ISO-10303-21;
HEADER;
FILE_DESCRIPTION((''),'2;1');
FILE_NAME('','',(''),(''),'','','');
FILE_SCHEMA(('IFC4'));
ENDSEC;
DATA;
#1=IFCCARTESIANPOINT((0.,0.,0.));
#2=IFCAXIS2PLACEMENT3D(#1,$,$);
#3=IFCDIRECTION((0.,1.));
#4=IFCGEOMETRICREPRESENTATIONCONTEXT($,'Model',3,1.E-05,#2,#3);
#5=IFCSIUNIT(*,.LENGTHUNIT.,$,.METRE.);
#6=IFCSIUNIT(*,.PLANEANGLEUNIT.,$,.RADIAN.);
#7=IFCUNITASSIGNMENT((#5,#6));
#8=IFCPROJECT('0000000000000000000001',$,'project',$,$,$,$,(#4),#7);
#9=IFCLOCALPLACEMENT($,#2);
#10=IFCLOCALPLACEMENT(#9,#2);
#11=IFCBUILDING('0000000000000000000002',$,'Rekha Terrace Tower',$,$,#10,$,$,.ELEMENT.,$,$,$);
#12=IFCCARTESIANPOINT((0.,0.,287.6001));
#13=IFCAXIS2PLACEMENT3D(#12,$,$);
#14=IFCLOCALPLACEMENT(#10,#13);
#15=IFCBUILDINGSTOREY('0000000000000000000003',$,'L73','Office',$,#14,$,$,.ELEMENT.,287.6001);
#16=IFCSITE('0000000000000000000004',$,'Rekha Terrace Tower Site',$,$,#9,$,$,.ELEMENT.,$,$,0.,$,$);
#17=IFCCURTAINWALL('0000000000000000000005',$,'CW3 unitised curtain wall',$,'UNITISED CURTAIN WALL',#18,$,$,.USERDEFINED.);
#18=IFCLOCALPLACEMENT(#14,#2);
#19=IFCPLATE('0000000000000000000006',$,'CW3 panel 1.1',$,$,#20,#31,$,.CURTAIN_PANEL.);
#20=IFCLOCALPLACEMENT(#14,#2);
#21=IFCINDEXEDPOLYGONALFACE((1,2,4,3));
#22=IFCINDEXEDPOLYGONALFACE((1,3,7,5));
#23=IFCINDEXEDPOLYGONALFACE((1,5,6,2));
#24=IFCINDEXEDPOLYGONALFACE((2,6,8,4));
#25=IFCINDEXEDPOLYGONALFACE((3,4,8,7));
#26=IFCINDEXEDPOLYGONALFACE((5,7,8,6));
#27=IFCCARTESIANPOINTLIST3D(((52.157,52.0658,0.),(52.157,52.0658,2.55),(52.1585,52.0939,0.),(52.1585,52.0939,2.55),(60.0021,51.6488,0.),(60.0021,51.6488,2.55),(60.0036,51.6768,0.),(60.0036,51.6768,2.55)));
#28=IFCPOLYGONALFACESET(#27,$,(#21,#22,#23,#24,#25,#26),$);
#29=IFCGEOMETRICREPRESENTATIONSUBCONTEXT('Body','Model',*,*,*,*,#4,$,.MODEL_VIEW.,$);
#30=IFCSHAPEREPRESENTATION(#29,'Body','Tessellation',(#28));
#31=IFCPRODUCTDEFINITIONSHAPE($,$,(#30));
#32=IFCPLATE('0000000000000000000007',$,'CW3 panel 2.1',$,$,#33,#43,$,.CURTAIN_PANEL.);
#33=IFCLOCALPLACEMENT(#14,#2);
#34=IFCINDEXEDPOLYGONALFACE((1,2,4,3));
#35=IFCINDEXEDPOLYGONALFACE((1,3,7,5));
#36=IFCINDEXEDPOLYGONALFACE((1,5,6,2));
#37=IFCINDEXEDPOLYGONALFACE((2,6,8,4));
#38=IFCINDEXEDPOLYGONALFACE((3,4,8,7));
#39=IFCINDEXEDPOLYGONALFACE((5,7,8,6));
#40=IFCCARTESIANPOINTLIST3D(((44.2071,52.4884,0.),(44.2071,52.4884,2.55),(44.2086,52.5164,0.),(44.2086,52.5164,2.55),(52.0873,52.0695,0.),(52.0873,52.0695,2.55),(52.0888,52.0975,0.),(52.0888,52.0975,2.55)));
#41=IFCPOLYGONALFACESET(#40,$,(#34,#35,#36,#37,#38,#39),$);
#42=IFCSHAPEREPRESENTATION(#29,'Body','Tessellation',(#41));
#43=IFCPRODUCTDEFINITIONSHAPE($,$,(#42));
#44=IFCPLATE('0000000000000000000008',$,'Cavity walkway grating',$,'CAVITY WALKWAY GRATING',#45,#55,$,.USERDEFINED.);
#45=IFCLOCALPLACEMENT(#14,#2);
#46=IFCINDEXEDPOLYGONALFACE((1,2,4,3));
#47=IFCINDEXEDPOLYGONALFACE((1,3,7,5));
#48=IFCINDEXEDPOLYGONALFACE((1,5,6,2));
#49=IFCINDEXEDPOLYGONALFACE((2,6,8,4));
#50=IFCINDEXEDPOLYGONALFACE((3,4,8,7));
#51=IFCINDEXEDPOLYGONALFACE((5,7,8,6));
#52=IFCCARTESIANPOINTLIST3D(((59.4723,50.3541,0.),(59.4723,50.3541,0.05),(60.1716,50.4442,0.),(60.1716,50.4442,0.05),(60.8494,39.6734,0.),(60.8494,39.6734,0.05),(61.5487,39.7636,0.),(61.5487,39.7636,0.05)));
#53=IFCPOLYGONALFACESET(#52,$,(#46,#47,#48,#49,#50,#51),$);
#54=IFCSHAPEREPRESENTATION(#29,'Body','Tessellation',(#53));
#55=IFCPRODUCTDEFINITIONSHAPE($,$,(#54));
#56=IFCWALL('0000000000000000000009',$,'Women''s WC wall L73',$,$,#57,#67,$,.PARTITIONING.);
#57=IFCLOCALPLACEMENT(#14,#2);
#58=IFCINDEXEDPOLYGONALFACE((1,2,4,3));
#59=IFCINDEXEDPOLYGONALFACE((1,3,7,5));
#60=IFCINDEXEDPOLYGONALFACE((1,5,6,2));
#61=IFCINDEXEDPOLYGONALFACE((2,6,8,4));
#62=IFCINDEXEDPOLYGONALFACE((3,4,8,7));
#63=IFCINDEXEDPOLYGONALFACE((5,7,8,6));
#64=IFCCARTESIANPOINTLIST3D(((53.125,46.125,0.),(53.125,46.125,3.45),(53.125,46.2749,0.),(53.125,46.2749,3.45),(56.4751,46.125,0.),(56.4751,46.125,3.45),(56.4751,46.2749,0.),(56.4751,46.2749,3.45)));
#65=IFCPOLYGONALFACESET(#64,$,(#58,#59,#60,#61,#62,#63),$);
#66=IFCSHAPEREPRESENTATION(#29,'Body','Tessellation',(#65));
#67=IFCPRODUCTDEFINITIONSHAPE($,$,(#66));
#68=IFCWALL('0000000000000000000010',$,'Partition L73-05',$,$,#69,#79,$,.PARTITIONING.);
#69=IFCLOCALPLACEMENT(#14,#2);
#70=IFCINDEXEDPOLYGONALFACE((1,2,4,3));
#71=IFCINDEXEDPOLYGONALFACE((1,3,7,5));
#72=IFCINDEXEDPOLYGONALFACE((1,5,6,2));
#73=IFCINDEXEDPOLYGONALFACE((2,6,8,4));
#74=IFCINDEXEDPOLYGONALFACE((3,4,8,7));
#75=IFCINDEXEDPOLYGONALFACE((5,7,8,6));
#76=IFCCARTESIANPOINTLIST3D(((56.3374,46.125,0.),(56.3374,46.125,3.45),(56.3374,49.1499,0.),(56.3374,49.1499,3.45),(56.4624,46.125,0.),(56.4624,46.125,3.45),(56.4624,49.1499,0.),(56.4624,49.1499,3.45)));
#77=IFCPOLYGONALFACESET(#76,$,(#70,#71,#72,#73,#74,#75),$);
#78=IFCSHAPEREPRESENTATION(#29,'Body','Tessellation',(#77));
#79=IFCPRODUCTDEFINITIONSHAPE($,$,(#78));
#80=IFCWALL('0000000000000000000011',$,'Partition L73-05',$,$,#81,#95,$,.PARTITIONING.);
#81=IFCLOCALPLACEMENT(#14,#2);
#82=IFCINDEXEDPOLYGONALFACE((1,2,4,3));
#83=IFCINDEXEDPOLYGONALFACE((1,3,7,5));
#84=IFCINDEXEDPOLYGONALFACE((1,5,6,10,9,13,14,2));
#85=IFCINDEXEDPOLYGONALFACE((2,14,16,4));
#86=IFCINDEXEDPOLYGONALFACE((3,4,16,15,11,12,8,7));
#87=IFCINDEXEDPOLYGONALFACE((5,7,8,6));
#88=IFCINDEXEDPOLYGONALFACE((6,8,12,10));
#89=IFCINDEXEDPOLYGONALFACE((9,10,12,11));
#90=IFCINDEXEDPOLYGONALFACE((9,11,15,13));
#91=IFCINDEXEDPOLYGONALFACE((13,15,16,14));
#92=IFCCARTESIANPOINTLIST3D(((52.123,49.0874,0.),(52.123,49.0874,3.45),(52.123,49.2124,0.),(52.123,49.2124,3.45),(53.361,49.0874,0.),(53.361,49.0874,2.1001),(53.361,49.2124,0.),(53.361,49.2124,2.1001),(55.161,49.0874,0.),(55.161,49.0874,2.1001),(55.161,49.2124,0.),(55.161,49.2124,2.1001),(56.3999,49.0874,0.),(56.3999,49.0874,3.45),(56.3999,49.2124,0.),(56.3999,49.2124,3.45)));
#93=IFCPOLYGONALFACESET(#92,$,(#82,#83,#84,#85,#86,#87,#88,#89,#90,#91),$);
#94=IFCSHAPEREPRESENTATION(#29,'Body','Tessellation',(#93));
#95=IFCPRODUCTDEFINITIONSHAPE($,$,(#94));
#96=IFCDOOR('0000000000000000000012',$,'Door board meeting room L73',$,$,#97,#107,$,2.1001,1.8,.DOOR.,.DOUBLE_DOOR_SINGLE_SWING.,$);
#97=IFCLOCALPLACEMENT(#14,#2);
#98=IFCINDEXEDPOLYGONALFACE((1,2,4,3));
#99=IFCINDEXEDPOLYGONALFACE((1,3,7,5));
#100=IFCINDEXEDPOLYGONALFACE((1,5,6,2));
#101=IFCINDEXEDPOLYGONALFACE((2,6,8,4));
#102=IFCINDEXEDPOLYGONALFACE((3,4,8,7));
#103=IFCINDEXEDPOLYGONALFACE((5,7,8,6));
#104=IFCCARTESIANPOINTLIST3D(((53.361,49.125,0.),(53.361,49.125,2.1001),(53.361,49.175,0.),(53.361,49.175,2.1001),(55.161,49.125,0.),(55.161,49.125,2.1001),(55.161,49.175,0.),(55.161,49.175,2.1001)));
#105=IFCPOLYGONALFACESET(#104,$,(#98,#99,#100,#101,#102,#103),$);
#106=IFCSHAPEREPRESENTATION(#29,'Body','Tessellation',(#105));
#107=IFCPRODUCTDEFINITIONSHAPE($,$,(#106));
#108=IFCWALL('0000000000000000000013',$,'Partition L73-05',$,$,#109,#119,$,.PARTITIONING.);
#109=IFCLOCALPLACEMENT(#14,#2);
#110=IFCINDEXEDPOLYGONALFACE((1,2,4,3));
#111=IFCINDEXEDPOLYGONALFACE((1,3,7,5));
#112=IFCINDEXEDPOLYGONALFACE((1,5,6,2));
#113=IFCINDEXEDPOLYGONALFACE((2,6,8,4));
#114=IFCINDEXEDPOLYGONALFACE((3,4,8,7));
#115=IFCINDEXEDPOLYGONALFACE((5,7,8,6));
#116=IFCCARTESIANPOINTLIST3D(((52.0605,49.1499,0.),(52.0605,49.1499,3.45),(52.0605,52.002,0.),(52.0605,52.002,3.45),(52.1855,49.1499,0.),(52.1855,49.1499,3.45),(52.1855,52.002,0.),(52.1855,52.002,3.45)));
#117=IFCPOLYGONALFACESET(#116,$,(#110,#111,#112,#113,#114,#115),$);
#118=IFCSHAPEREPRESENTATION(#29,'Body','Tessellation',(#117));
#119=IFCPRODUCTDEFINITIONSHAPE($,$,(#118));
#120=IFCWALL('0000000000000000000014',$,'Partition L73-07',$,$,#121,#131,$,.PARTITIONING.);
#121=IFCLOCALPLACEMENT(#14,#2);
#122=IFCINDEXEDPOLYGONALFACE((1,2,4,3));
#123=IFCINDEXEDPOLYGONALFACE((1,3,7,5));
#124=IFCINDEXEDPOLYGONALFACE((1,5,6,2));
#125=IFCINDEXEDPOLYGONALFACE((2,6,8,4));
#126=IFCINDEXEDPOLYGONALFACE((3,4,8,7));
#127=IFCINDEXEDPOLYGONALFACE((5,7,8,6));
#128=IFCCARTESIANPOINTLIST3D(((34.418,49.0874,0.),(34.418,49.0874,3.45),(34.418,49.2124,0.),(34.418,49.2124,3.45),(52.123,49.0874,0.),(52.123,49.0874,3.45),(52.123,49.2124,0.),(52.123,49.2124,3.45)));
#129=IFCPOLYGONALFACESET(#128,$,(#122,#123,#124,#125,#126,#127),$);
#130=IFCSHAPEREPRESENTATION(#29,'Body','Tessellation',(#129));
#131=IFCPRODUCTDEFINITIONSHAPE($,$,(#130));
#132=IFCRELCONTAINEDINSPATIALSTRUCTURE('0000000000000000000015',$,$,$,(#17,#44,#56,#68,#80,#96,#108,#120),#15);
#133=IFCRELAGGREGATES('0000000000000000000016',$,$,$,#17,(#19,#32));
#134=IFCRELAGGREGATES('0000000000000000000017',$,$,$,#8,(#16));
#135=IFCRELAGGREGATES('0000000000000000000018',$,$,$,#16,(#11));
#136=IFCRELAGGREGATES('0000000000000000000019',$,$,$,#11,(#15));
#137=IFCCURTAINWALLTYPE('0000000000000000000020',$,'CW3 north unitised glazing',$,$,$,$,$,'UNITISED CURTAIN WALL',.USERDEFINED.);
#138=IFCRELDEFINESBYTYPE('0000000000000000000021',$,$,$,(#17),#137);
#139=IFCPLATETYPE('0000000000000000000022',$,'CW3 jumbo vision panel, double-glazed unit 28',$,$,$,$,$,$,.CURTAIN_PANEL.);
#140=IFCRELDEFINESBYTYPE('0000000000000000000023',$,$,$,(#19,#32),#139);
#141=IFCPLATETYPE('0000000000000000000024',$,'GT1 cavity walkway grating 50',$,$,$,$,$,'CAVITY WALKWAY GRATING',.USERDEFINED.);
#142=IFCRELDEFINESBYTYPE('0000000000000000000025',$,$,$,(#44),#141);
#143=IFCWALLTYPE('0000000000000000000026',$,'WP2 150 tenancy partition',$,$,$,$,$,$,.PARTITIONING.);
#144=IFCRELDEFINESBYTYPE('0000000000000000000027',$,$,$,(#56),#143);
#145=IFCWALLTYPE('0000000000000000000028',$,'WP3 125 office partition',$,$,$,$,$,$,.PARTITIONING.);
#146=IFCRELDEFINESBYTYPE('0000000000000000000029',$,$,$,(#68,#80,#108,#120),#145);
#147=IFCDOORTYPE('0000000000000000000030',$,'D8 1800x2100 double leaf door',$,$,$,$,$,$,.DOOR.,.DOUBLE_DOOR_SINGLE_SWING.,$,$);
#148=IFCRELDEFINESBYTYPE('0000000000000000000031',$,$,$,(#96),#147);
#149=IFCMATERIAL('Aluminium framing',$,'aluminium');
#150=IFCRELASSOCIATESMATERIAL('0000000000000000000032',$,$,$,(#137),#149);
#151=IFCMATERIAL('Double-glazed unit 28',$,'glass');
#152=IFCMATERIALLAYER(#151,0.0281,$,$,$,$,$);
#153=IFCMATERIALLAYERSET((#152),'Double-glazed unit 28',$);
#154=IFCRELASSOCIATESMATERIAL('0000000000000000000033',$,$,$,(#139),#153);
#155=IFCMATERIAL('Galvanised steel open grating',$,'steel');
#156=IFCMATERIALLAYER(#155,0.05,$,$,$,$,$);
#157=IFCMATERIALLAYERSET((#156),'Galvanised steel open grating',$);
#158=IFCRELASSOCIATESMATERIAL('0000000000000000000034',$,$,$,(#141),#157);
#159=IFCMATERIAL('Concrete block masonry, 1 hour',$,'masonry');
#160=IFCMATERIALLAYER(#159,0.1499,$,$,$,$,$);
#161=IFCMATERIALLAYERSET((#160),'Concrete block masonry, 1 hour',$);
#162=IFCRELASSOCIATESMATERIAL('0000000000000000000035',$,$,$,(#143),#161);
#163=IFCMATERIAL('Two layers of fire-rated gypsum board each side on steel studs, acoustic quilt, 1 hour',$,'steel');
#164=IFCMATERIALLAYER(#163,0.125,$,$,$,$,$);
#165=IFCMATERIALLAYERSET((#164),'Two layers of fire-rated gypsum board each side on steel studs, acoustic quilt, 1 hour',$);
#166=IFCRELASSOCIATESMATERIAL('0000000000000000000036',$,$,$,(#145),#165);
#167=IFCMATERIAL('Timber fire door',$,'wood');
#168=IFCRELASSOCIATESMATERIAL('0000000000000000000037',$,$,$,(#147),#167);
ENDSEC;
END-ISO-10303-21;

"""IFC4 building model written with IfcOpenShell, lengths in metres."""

from ifc_helpers import new_model, si_unit, direction, frame, frame_2d, origin, origin_2d, place, context, subcontext, project, spatial, rectangle, extrude, material, layer, layer_set, type_object, element, fill, aggregate, save


model = new_model("IFC4")

# Units and contexts
model_context = context("Model", 3, precision=1e-05, world=origin(), true_north=direction((0.0, 1.0)))
body_context = subcontext(model_context, "Body", "Model", "MODEL_VIEW")
ifc_project = project(units=[si_unit("LENGTHUNIT", "METRE"), si_unit("PLANEANGLEUNIT", "RADIAN")], contexts=[model_context])

# Site, building, storey
site_placement = place(None, origin())
site = spatial("IfcSite", under=ifc_project, at=site_placement, Name="Rekha Terrace Tower Site", CompositionType="ELEMENT", RefElevation=0.0)
building_placement = place(site_placement, origin())
building = spatial("IfcBuilding", under=site, at=building_placement, Name="Rekha Terrace Tower", CompositionType="ELEMENT")
storey_placement = place(building_placement, frame((0.0, 0.0, 287.6001)))
storey = spatial("IfcBuildingStorey", under=building, at=storey_placement, Name="L73", Description="Office", CompositionType="ELEMENT", Elevation=287.6001)

# Shared definitions
ifc_material_1 = material(Name="Aluminium framing", Category="aluminium")

# Curtain wall
curtain_wall_type_1 = type_object("IfcCurtainWallType", Name="CW3 north unitised glazing", ElementType="UNITISED CURTAIN WALL", PredefinedType="USERDEFINED", material=ifc_material_1)
curtain_wall_1_placement = place(storey_placement, origin())
curtain_wall_1 = element("IfcCurtainWall", 1, at=curtain_wall_1_placement, inside=storey, type_object=curtain_wall_type_1, Name="CW3 unitised curtain wall", ObjectType="UNITISED CURTAIN WALL", PredefinedType="USERDEFINED")

# Plates
ifc_material_2 = material(Name="Double-glazed unit 28", Category="glass")
ifc_layer_1 = layer(ifc_material_2, 0.0281)
ifc_layer_set_1 = layer_set([ifc_layer_1], Name="Double-glazed unit 28")
plate_type_1 = type_object("IfcPlateType", Name="CW3 jumbo vision panel, double-glazed unit 28", PredefinedType="CURTAIN_PANEL", material=ifc_layer_set_1)
plate_1_placement = place(storey_placement, frame((56.0803, 51.8713, 0.0), z_axis=(0.0, 0.0, 1.0), x_axis=(-0.99859, 0.053083, 0.0)))
plate_1 = element("IfcPlate", 2, at=plate_1_placement, type_object=plate_type_1, Name="CW3 panel 1.1", PredefinedType="CURTAIN_PANEL", context=body_context, shape_type="SweptSolid", body=[
    extrude(rectangle(XDim=7.8562, YDim=0.0281, at=origin_2d()), origin(), (0.0, 0.0, 1.0), 2.55),
])
plate_2_placement = place(storey_placement, frame((48.1479, 52.293, 0.0), z_axis=(0.0, 0.0, 1.0), x_axis=(-0.99859, 0.053083, 0.0)))
plate_2 = element("IfcPlate", 3, at=plate_2_placement, type_object=plate_type_1, Name="CW3 panel 2.1", PredefinedType="CURTAIN_PANEL", context=body_context, shape_type="SweptSolid", body=[
    extrude(rectangle(XDim=7.8914, YDim=0.0281, at=origin_2d()), origin(), (0.0, 0.0, 1.0), 2.55),
])
aggregate(curtain_wall_1, [plate_1, plate_2])
ifc_material_3 = material(Name="Galvanised steel open grating", Category="steel")
ifc_layer_2 = layer(ifc_material_3, 0.05)
ifc_layer_set_2 = layer_set([ifc_layer_2], Name="Galvanised steel open grating")
plate_type_2 = type_object("IfcPlateType", Name="GT1 cavity walkway grating 50", ElementType="CAVITY WALKWAY GRATING", PredefinedType="USERDEFINED", material=ifc_layer_set_2)
plate_3_placement = place(storey_placement, frame((60.5105, 45.0588, 0.0), z_axis=(0.0, 0.0, 1.0), x_axis=(-0.12787, 0.991791, 0.0)))
element("IfcPlate", 4, at=plate_3_placement, inside=storey, type_object=plate_type_2, Name="Cavity walkway grating", ObjectType="CAVITY WALKWAY GRATING", PredefinedType="USERDEFINED", context=body_context, shape_type="SweptSolid", body=[
    extrude(rectangle(XDim=10.769, YDim=0.7051, at=origin_2d()), origin(), (0.0, 0.0, 1.0), 0.05),
])

# Walls
ifc_material_4 = material(Name="Concrete block masonry, 1 hour", Category="masonry")
ifc_layer_3 = layer(ifc_material_4, 0.1499)
ifc_layer_set_3 = layer_set([ifc_layer_3], Name="Concrete block masonry, 1 hour")
wall_type_1 = type_object("IfcWallType", Name="WP2 150 tenancy partition", PredefinedType="PARTITIONING", material=ifc_layer_set_3)
wall_1_placement = place(storey_placement, frame((53.125, 46.2, 0.0), z_axis=(0.0, 0.0, 1.0), x_axis=(1.0, 0.0, 0.0)))
element("IfcWall", 5, at=wall_1_placement, inside=storey, type_object=wall_type_1, Name="Women's WC wall L73", PredefinedType="PARTITIONING", context=body_context, shape_type="SweptSolid", body=[
    extrude(rectangle(XDim=3.3501, YDim=0.1499, at=frame_2d((1.675, 0.0))), origin(), (0.0, 0.0, 1.0), 3.45),
])
ifc_material_5 = material(Name="Two layers of fire-rated gypsum board each side on steel studs, acoustic quilt, 1 hour", Category="steel")
ifc_layer_4 = layer(ifc_material_5, 0.125)
ifc_layer_set_4 = layer_set([ifc_layer_4], Name="Two layers of fire-rated gypsum board each side on steel studs, acoustic quilt, 1 hour")
wall_type_2 = type_object("IfcWallType", Name="WP3 125 office partition", PredefinedType="PARTITIONING", material=ifc_layer_set_4)
wall_2_placement = place(storey_placement, frame((56.3999, 46.125, 0.0), z_axis=(0.0, 0.0, 1.0), x_axis=(0.0, 1.0, 0.0)))
element("IfcWall", 6, at=wall_2_placement, inside=storey, type_object=wall_type_2, Name="Partition L73-05", PredefinedType="PARTITIONING", context=body_context, shape_type="SweptSolid", body=[
    extrude(rectangle(XDim=3.0249, YDim=0.125, at=frame_2d((1.5125, 0.0))), origin(), (0.0, 0.0, 1.0), 3.45),
])

# Wall, opening, door
wall_3_placement = place(storey_placement, frame((56.3999, 49.1499, 0.0), z_axis=(0.0, 0.0, 1.0), x_axis=(-1.0, 0.0, 0.0)))
wall_3 = element("IfcWall", 7, at=wall_3_placement, inside=storey, type_object=wall_type_2, Name="Partition L73-05", PredefinedType="PARTITIONING", context=body_context, shape_type="SweptSolid", body=[
    extrude(rectangle(XDim=4.2769, YDim=0.125, at=frame_2d((2.1384, 0.0))), origin(), (0.0, 0.0, 1.0), 3.45),
])
opening_placement = place(wall_3_placement, frame((1.239, 0.0, 0.0)))
opening = element("IfcOpeningElement", 8, at=opening_placement, cuts=wall_3, PredefinedType="OPENING", context=body_context, shape_type="SweptSolid", body=[
    extrude(rectangle(XDim=1.8, YDim=2.1001, at=frame_2d((0.8999, 1.05))), frame((0.0, 0.0725, 0.0), z_axis=(0.0, -1.0, 0.0), x_axis=(1.0, 0.0, 0.0)), (0.0, 0.0, 1.0), 0.145),
])
ifc_material_6 = material(Name="Timber fire door", Category="wood")
door_type = type_object("IfcDoorType", Name="D8 1800x2100 double leaf door", OperationType="DOUBLE_DOOR_SINGLE_SWING", PredefinedType="DOOR", material=ifc_material_6)
door_placement = place(opening_placement, origin())
door = element("IfcDoor", 9, at=door_placement, inside=storey, type_object=door_type, Name="Door board meeting room L73", OperationType="DOUBLE_DOOR_SINGLE_SWING", OverallHeight=2.1001, OverallWidth=1.8, PredefinedType="DOOR", context=body_context, shape_type="SweptSolid", body=[
    extrude(rectangle(XDim=1.8, YDim=2.1001, at=frame_2d((0.8999, 1.05))), frame((0.0, 0.0249, 0.0), z_axis=(0.0, -1.0, 0.0), x_axis=(1.0, 0.0, 0.0)), (0.0, 0.0, 1.0), 0.05),
])
fill(opening, door)

# Walls
wall_4_placement = place(storey_placement, frame((52.123, 49.1499, 0.0), z_axis=(0.0, 0.0, 1.0), x_axis=(0.0, 1.0, 0.0)))
element("IfcWall", 10, at=wall_4_placement, inside=storey, type_object=wall_type_2, Name="Partition L73-05", PredefinedType="PARTITIONING", context=body_context, shape_type="SweptSolid", body=[
    extrude(rectangle(XDim=2.8521, YDim=0.125, at=frame_2d((1.426, 0.0))), origin(), (0.0, 0.0, 1.0), 3.45),
])
wall_5_placement = place(storey_placement, frame((52.123, 49.1499, 0.0), z_axis=(0.0, 0.0, 1.0), x_axis=(-1.0, 0.0, 0.0)))
element("IfcWall", 11, at=wall_5_placement, inside=storey, type_object=wall_type_2, Name="Partition L73-07", PredefinedType="PARTITIONING", context=body_context, shape_type="SweptSolid", body=[
    extrude(rectangle(XDim=17.7051, YDim=0.125, at=frame_2d((8.8525, 0.0))), origin(), (0.0, 0.0, 1.0), 3.45),
])

save(model, "model.ifc")
